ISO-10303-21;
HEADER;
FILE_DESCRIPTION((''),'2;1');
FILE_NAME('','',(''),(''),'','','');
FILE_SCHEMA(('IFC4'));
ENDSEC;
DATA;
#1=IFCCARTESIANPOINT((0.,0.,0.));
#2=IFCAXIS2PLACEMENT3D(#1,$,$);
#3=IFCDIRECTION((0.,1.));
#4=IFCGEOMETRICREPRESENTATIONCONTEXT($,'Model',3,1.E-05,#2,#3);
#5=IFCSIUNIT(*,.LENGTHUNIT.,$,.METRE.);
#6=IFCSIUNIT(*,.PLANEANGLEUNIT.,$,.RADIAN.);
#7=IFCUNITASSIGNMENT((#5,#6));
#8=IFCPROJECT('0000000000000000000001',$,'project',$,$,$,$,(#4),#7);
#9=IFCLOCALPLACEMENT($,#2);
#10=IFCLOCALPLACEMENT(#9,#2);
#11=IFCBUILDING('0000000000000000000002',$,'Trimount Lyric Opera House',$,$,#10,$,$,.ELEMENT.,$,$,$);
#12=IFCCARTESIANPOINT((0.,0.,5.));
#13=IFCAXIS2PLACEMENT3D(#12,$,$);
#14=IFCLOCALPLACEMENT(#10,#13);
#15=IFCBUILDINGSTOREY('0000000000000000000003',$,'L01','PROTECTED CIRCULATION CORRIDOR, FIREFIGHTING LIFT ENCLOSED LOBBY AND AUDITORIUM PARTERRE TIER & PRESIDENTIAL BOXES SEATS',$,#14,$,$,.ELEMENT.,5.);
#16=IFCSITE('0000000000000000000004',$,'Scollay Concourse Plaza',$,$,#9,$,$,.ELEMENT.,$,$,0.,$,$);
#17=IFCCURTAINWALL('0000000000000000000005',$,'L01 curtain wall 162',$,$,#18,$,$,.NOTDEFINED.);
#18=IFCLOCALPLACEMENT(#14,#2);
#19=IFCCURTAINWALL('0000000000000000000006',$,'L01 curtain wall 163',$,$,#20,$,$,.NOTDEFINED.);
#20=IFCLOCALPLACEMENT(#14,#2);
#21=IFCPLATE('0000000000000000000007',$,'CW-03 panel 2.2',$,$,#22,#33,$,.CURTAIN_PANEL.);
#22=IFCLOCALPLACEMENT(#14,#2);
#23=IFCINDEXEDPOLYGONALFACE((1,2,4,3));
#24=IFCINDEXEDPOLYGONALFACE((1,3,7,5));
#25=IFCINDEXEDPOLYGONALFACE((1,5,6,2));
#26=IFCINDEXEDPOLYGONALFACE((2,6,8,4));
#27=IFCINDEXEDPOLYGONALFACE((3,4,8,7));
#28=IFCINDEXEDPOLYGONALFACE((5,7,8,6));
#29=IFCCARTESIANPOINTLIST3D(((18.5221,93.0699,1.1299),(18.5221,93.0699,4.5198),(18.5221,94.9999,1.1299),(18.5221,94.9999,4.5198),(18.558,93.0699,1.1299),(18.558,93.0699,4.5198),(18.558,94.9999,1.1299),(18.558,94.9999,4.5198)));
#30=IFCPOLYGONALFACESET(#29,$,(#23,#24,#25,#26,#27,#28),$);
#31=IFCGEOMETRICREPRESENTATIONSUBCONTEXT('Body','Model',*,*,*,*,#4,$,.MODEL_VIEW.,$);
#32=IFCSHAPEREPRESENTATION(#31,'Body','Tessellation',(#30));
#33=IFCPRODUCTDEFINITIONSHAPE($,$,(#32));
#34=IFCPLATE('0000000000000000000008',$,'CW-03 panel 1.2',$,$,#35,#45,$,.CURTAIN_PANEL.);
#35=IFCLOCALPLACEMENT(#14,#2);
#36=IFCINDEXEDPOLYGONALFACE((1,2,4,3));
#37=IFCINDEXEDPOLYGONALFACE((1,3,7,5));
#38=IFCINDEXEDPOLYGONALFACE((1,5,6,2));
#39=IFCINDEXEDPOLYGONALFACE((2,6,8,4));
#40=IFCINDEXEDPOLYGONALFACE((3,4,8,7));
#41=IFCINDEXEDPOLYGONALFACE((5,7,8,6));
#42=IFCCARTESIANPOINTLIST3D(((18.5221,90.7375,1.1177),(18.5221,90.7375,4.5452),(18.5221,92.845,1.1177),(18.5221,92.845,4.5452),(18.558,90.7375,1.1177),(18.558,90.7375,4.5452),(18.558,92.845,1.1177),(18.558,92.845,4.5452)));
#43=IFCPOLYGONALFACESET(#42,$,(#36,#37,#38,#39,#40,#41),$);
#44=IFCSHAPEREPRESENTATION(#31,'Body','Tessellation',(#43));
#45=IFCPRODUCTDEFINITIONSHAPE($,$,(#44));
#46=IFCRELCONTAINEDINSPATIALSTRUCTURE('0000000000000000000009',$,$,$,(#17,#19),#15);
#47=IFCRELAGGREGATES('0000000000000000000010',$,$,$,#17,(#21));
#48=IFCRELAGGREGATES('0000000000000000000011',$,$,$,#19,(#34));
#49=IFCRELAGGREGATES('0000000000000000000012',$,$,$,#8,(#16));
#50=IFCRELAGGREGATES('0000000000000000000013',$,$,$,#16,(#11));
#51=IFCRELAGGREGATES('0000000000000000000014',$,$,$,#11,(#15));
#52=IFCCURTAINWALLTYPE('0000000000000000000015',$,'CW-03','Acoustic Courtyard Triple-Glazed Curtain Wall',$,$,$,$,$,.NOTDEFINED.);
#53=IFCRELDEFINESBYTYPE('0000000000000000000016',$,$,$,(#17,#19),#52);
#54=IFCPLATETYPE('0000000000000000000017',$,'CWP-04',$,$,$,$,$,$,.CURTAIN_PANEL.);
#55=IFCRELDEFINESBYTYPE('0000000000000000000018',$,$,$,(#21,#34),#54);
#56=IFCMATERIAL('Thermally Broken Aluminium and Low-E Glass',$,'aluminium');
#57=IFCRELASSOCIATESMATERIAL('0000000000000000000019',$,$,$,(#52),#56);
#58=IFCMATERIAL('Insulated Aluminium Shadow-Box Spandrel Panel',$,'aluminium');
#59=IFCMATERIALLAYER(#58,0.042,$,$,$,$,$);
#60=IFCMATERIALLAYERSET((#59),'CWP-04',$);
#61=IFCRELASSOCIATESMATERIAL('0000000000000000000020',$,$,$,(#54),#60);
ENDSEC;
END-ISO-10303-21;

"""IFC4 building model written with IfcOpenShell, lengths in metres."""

from ifc_helpers import new_model, si_unit, direction, frame, origin, origin_2d, place, context, subcontext, project, spatial, rectangle, extrude, material, layer, layer_set, type_object, element, aggregate, save


model = new_model("IFC4")

# Units and contexts
model_context = context("Model", 3, precision=1e-05, world=origin(), true_north=direction((0.0, 1.0)))
body_context = subcontext(model_context, "Body", "Model", "MODEL_VIEW")
ifc_project = project(units=[si_unit("LENGTHUNIT", "METRE"), si_unit("PLANEANGLEUNIT", "RADIAN")], contexts=[model_context])

# Site, building, storey
site_placement = place(None, origin())
site = spatial("IfcSite", under=ifc_project, at=site_placement, Name="Scollay Concourse Plaza", CompositionType="ELEMENT", RefElevation=0.0)
building_placement = place(site_placement, origin())
building = spatial("IfcBuilding", under=site, at=building_placement, Name="Trimount Lyric Opera House", CompositionType="ELEMENT")
storey_placement = place(building_placement, frame((0.0, 0.0, 5.0)))
storey = spatial("IfcBuildingStorey", under=building, at=storey_placement, Name="L01", Description="PROTECTED CIRCULATION CORRIDOR, FIREFIGHTING LIFT ENCLOSED LOBBY AND AUDITORIUM PARTERRE TIER & PRESIDENTIAL BOXES SEATS", CompositionType="ELEMENT", Elevation=5.0)

# Shared definitions
ifc_material_1 = material(Name="Thermally Broken Aluminium and Low-E Glass", Category="aluminium")
curtain_wall_type = type_object("IfcCurtainWallType", Name="CW-03", Description="Acoustic Courtyard Triple-Glazed Curtain Wall", PredefinedType="NOTDEFINED", material=ifc_material_1)

# Curtain walls
curtain_wall_1_placement = place(storey_placement, origin())
curtain_wall_1 = element("IfcCurtainWall", 1, at=curtain_wall_1_placement, inside=storey, type_object=curtain_wall_type, Name="L01 curtain wall 162", PredefinedType="NOTDEFINED")
curtain_wall_2_placement = place(storey_placement, origin())
curtain_wall_2 = element("IfcCurtainWall", 2, at=curtain_wall_2_placement, inside=storey, type_object=curtain_wall_type, Name="L01 curtain wall 163", PredefinedType="NOTDEFINED")

# Plates
ifc_material_2 = material(Name="Insulated Aluminium Shadow-Box Spandrel Panel", Category="aluminium")
ifc_layer_1 = layer(ifc_material_2, 0.042)
ifc_layer_set_1 = layer_set([ifc_layer_1], Name="CWP-04")
plate_type_1 = type_object("IfcPlateType", Name="CWP-04", PredefinedType="CURTAIN_PANEL", material=ifc_layer_set_1)
plate_1_placement = place(storey_placement, frame((18.54, 94.0349, 1.1299), z_axis=(0.0, 0.0, 1.0), x_axis=(0.0, -1.0, 0.0)))
plate_1 = element("IfcPlate", 3, at=plate_1_placement, type_object=plate_type_1, Name="CW-03 panel 2.2", PredefinedType="CURTAIN_PANEL", context=body_context, shape_type="SweptSolid", body=[
    extrude(rectangle(XDim=1.9299, YDim=0.0359, at=origin_2d()), origin(), (0.0, 0.0, 1.0), 3.3899),
])
aggregate(curtain_wall_1, [plate_1])
plate_2_placement = place(storey_placement, frame((18.54, 91.7913, 1.1177), z_axis=(0.0, 0.0, 1.0), x_axis=(0.0, -1.0, 0.0)))
plate_2 = element("IfcPlate", 4, at=plate_2_placement, type_object=plate_type_1, Name="CW-03 panel 1.2", PredefinedType="CURTAIN_PANEL", context=body_context, shape_type="SweptSolid", body=[
    extrude(rectangle(XDim=2.1074, YDim=0.0359, at=origin_2d()), origin(), (0.0, 0.0, 1.0), 3.4275),
])
aggregate(curtain_wall_2, [plate_2])

save(model, "model.ifc")
